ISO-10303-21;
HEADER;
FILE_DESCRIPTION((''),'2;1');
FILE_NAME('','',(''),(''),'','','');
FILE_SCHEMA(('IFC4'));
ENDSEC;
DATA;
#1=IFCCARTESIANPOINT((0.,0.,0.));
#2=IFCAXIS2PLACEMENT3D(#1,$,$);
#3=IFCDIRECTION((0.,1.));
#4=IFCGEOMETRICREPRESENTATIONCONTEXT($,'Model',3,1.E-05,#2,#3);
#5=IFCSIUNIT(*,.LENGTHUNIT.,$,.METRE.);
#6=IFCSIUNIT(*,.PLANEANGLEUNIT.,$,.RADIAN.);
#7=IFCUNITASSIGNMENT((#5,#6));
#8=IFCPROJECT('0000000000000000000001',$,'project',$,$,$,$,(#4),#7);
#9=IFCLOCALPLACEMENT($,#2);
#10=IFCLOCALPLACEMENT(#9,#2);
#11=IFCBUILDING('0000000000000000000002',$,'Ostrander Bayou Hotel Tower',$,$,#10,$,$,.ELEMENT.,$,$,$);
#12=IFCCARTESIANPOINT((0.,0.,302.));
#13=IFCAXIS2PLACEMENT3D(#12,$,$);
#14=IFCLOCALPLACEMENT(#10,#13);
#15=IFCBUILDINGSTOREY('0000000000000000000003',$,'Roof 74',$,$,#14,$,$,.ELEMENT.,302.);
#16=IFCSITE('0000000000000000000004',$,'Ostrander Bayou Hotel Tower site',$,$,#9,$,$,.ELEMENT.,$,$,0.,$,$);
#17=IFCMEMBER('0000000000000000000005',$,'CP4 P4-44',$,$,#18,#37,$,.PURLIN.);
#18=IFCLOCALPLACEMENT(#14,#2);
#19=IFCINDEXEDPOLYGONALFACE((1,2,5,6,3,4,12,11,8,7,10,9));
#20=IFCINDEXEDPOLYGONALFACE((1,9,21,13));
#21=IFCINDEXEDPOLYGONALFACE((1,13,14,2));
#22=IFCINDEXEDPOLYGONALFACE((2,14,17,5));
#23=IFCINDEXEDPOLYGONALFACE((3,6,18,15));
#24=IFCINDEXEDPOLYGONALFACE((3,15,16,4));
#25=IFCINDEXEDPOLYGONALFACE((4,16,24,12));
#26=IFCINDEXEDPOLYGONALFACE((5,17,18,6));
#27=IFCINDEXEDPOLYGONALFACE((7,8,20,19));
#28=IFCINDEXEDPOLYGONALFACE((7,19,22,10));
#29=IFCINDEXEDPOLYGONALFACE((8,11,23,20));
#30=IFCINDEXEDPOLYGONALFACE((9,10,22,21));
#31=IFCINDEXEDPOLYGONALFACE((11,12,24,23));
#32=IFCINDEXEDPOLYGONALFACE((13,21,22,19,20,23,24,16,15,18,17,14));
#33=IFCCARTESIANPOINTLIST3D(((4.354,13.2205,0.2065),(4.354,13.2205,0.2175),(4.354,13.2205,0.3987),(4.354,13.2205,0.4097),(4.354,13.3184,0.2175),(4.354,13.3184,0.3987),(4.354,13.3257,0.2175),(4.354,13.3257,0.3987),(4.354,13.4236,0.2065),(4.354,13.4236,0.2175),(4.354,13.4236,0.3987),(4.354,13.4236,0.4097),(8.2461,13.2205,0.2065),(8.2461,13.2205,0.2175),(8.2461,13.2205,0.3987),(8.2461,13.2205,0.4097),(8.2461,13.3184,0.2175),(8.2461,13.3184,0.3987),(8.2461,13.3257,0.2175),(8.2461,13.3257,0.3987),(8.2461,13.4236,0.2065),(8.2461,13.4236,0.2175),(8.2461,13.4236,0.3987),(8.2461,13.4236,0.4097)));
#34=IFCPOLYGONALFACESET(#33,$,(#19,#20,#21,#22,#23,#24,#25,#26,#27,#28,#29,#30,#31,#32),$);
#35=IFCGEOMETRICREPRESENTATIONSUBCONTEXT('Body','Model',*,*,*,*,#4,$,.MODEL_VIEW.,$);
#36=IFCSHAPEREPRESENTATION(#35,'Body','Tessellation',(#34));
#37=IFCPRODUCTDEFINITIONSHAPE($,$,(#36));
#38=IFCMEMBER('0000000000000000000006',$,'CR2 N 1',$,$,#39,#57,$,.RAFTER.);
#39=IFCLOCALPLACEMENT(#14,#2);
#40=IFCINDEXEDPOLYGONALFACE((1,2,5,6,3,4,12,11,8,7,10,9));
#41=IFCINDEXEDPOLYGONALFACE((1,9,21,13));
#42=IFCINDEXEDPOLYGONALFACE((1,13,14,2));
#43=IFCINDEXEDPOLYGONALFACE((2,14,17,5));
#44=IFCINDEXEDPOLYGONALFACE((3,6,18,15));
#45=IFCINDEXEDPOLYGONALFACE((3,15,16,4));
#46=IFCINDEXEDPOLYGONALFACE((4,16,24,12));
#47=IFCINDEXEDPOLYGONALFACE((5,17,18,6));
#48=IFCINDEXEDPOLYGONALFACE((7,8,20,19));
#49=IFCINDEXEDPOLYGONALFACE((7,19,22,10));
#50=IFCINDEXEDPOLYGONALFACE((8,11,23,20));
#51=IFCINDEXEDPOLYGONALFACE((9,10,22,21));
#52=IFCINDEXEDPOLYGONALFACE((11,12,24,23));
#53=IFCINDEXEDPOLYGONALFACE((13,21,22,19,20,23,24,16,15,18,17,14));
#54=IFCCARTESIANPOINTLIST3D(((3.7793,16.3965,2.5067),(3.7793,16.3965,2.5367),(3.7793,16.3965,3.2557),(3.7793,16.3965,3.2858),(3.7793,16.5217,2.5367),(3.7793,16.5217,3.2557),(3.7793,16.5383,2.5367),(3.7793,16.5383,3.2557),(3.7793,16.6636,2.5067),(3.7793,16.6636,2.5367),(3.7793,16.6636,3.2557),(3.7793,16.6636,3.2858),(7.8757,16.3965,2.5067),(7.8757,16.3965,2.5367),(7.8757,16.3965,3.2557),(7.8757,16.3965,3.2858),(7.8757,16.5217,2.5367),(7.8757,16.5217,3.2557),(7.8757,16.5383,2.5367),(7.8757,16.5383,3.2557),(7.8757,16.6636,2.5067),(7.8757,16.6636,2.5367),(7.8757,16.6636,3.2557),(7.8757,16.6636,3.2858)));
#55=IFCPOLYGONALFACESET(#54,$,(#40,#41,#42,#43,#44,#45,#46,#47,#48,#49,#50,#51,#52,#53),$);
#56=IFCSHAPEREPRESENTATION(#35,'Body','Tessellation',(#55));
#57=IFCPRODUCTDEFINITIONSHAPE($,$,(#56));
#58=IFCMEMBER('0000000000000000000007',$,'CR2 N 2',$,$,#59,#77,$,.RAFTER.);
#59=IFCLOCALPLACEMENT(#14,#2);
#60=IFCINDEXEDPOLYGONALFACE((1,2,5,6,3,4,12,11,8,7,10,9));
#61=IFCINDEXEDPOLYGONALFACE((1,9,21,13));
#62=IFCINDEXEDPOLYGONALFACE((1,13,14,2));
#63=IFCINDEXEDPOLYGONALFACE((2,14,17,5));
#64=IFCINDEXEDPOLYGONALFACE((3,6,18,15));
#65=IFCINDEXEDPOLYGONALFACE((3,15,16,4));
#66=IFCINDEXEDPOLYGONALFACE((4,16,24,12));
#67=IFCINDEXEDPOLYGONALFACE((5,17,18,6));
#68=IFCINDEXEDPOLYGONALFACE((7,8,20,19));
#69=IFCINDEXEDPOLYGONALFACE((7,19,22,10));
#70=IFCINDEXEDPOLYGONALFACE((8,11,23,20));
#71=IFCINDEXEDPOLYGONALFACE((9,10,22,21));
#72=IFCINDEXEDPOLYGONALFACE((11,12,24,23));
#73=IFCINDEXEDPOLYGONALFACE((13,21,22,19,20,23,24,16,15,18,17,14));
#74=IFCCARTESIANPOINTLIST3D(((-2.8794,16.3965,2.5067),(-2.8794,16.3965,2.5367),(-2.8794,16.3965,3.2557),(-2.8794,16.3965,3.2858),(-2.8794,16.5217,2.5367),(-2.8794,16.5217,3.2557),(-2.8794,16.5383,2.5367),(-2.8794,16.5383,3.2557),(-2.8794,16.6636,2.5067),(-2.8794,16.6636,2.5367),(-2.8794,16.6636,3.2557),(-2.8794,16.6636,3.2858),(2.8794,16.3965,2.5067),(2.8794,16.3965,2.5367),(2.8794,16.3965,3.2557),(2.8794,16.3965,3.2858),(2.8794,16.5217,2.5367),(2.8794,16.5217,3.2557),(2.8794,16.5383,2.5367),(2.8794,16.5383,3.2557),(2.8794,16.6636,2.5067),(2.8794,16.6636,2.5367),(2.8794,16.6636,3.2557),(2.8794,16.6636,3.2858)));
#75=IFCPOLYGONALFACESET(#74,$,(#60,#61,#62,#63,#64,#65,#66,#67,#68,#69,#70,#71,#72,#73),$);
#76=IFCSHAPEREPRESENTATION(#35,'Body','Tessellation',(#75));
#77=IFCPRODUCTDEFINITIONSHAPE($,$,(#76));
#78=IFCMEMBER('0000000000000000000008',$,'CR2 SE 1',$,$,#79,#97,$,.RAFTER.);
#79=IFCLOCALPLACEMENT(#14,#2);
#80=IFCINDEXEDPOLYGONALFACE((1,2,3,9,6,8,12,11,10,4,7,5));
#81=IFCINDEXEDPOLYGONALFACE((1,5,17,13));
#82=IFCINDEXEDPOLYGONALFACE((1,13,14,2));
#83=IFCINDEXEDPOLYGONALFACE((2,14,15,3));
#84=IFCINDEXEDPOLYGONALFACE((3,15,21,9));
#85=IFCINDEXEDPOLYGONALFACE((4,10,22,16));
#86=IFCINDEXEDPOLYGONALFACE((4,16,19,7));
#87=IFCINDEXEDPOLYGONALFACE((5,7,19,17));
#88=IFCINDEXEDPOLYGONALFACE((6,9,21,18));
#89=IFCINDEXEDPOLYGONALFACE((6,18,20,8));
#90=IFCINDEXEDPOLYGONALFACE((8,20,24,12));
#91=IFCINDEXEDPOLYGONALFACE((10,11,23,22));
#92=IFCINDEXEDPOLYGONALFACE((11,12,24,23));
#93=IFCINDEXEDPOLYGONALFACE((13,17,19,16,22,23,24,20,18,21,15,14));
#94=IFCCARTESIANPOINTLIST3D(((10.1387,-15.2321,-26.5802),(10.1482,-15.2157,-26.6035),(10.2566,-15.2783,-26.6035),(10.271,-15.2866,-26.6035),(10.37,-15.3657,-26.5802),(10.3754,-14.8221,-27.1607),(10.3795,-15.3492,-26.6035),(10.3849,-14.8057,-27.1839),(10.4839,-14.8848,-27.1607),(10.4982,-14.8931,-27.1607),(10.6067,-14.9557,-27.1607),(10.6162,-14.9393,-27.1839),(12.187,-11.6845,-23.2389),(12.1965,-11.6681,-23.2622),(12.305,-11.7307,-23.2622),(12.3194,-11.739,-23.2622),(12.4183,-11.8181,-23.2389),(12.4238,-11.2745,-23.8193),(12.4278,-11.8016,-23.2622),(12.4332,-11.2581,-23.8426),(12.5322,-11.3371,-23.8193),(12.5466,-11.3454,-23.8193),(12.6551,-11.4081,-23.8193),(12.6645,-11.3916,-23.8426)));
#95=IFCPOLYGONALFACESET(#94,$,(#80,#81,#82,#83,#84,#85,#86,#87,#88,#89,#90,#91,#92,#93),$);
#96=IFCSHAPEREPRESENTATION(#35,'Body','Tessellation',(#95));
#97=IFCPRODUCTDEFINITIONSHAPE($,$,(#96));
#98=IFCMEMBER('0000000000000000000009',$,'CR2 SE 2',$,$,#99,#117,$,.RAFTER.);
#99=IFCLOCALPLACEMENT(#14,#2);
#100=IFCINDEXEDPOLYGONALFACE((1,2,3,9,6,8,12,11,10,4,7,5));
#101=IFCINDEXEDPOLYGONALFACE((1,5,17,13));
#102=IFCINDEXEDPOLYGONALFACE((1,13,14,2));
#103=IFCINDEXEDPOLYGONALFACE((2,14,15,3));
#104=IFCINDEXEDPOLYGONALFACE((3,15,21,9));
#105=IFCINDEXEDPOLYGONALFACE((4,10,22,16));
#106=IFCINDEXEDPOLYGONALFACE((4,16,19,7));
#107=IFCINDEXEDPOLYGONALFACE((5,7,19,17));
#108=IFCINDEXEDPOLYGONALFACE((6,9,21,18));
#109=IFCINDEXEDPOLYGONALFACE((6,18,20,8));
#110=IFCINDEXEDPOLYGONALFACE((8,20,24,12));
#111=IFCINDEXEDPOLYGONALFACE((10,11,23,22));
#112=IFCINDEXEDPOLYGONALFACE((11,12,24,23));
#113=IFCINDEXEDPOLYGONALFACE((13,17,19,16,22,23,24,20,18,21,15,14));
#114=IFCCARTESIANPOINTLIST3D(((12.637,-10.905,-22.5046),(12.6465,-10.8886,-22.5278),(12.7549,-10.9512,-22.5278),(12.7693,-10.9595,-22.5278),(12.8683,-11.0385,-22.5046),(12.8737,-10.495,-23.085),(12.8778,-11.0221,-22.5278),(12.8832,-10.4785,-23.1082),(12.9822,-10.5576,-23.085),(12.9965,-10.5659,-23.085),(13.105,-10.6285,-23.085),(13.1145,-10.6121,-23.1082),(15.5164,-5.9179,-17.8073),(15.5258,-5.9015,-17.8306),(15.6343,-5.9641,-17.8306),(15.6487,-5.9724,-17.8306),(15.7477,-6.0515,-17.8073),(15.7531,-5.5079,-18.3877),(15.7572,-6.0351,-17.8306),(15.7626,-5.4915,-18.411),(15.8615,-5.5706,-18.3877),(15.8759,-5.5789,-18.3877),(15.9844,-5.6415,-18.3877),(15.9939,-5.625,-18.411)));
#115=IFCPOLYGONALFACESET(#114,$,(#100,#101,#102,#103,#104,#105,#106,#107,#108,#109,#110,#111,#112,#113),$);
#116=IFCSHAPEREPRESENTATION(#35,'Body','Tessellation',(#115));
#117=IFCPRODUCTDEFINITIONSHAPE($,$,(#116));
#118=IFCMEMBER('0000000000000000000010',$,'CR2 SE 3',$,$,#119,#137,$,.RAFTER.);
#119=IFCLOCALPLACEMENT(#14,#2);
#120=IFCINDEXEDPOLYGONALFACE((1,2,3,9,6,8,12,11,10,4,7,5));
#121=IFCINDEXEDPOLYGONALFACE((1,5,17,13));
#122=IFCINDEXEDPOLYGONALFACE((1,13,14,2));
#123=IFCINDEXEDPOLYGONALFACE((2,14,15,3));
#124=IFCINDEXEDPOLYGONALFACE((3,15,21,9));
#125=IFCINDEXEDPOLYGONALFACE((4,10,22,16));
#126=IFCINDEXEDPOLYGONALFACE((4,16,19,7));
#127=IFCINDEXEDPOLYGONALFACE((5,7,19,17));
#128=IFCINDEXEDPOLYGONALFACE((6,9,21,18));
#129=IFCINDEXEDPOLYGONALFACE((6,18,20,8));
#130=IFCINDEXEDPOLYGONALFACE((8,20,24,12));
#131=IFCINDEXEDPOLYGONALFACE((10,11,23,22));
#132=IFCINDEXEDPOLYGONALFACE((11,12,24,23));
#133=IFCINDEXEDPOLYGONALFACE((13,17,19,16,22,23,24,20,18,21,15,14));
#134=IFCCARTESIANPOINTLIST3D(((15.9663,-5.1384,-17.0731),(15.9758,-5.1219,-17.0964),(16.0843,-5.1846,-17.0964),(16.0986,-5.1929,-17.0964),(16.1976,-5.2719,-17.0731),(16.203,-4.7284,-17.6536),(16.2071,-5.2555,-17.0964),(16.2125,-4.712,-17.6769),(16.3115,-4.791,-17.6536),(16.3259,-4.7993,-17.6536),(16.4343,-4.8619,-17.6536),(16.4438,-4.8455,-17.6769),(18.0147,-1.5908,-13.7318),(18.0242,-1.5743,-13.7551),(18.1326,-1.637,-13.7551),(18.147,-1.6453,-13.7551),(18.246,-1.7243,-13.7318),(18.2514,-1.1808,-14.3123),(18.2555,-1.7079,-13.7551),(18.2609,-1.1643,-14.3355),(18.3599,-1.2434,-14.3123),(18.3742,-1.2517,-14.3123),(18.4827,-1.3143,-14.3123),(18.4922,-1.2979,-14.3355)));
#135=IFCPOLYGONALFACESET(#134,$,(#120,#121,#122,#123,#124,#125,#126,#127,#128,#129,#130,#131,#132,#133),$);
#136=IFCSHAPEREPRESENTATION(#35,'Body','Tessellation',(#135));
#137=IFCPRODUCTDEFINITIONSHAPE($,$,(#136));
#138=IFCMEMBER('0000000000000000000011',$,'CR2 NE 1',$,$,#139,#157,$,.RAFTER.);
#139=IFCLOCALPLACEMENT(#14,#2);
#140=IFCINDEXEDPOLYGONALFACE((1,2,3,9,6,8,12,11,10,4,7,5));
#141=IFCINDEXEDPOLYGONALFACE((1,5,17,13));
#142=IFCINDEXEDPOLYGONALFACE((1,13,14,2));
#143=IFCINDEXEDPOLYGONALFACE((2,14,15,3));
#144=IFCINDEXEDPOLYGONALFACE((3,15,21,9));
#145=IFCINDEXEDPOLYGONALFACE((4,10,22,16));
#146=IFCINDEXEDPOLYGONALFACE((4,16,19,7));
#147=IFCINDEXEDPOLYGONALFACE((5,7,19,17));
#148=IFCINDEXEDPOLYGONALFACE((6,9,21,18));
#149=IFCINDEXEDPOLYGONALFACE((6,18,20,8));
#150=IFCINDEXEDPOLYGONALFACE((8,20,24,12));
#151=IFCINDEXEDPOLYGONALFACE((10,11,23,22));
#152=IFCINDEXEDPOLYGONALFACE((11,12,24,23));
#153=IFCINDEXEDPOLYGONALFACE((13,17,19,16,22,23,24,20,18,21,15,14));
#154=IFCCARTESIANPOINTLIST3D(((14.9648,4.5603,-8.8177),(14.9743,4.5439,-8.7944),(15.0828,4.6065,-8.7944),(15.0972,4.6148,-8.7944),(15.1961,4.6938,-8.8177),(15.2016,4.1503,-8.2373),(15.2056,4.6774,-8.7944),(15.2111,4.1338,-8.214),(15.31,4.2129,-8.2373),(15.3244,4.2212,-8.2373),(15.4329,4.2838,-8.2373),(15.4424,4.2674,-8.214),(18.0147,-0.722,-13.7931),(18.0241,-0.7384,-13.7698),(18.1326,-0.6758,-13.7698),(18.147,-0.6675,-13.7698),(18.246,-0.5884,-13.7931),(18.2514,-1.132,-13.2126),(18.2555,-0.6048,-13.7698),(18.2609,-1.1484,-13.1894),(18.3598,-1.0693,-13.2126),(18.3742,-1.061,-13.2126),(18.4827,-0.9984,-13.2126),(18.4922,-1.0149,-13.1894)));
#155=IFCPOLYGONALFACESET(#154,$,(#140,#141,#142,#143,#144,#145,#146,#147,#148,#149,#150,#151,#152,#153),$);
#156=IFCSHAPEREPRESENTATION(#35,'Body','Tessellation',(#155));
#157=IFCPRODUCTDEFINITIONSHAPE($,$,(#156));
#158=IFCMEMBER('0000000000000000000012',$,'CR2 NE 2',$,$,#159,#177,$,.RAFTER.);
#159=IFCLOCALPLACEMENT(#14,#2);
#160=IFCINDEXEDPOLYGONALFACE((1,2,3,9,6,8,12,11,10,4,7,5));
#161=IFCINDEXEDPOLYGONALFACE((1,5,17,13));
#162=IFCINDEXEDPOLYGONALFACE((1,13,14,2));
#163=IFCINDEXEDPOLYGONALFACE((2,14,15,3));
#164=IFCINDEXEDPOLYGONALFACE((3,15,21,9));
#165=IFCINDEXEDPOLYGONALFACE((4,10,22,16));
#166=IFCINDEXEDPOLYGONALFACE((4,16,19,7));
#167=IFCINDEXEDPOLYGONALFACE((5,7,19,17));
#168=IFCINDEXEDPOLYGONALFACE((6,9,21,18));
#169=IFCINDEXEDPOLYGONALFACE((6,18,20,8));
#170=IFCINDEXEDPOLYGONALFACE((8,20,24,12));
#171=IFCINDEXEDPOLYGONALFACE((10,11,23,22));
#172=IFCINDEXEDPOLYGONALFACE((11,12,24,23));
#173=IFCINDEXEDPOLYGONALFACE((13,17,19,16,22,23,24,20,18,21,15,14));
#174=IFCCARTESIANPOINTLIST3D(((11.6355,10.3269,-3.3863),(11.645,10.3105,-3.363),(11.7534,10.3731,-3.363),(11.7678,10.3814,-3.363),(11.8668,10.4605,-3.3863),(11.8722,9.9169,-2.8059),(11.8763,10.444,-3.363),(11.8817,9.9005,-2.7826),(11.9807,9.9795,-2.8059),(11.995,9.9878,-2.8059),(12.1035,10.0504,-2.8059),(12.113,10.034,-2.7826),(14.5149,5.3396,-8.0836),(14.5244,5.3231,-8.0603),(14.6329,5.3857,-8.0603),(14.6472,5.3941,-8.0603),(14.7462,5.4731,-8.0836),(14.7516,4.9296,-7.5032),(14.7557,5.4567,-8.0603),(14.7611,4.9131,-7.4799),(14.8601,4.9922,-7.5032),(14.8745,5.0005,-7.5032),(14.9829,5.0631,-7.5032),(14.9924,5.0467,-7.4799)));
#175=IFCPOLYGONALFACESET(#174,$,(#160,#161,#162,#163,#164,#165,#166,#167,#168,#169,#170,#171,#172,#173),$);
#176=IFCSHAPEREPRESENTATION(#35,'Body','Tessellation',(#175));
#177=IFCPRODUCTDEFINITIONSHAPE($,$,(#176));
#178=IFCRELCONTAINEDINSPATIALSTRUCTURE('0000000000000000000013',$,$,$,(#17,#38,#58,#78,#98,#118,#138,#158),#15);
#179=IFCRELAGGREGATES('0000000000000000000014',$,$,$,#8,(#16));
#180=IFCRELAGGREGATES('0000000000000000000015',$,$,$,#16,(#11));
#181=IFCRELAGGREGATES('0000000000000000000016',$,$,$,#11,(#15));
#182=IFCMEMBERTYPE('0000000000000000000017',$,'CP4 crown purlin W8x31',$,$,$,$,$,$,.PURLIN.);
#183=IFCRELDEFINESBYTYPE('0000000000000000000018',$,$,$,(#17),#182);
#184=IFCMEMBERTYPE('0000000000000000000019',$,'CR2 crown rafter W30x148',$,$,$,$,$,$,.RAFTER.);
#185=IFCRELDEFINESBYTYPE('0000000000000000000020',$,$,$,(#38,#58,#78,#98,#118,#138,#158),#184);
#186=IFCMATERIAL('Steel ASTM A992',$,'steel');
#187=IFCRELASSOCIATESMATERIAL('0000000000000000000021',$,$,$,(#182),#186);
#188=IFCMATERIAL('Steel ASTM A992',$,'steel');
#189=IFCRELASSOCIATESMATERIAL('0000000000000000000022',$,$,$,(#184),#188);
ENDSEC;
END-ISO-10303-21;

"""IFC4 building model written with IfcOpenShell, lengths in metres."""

from ifc_helpers import new_model, si_unit, direction, frame, origin, origin_2d, place, context, subcontext, project, spatial, i_section, extrude, material, material_profile, profile_set, type_object, element, save


model = new_model("IFC4")

# Units and contexts
model_context = context("Model", 3, precision=1e-05, world=origin(), true_north=direction((0.0, 1.0)))
body_context = subcontext(model_context, "Body", "Model", "MODEL_VIEW")
ifc_project = project(units=[si_unit("LENGTHUNIT", "METRE"), si_unit("PLANEANGLEUNIT", "RADIAN")], contexts=[model_context])

# Site, building, storey
site_placement = place(None, origin())
site = spatial("IfcSite", under=ifc_project, at=site_placement, Name="Ostrander Bayou Hotel Tower site", CompositionType="ELEMENT", RefElevation=0.0)
building_placement = place(site_placement, origin())
building = spatial("IfcBuilding", under=site, at=building_placement, Name="Ostrander Bayou Hotel Tower", CompositionType="ELEMENT")
storey_placement = place(building_placement, frame((0.0, 0.0, 302.0)))
storey = spatial("IfcBuildingStorey", under=building, at=storey_placement, Name="Roof 74", CompositionType="ELEMENT", Elevation=302.0)

# Members
ifc_material_1 = material(Name="Steel ASTM A992", Category="steel")
ifc_material_profile_1 = material_profile(ifc_material_1, i_section(OverallWidth=0.2031, OverallDepth=0.2031, WebThickness=0.0073, FlangeThickness=0.011, at=origin_2d()))
ifc_profile_set_1 = profile_set([ifc_material_profile_1], Name="Steel ASTM A992")
member_type_1 = type_object("IfcMemberType", Name="CP4 crown purlin W8x31", PredefinedType="PURLIN", material=ifc_profile_set_1)
member_1_placement = place(storey_placement, frame((4.354, 13.322, 0.3081), z_axis=(1.0, 0.0, 0.0), x_axis=(0.0, 1.0, 0.0)))
element("IfcMember", 1, at=member_1_placement, inside=storey, type_object=member_type_1, Name="CP4 P4-44", PredefinedType="PURLIN", context=body_context, shape_type="SweptSolid", body=[
    extrude(i_section(OverallWidth=0.2031, OverallDepth=0.2031, WebThickness=0.0073, FlangeThickness=0.011, at=origin_2d()), origin(), (0.0, 0.0, 1.0), 3.8921),
])
ifc_material_2 = material(Name="Steel ASTM A992", Category="steel")
ifc_material_profile_2 = material_profile(ifc_material_2, i_section(OverallWidth=0.2671, OverallDepth=0.7791, WebThickness=0.0166, FlangeThickness=0.03, at=origin_2d()))
ifc_profile_set_2 = profile_set([ifc_material_profile_2], Name="Steel ASTM A992")
member_type_2 = type_object("IfcMemberType", Name="CR2 crown rafter W30x148", PredefinedType="RAFTER", material=ifc_profile_set_2)
member_2_placement = place(storey_placement, frame((7.8757, 16.53, 2.8962), z_axis=(-1.0, 0.0, 0.0), x_axis=(0.0, -1.0, 0.0)))
element("IfcMember", 2, at=member_2_placement, inside=storey, type_object=member_type_2, Name="CR2 N 1", PredefinedType="RAFTER", context=body_context, shape_type="SweptSolid", body=[
    extrude(i_section(OverallWidth=0.2671, OverallDepth=0.7791, WebThickness=0.0166, FlangeThickness=0.03, at=origin_2d()), origin(), (0.0, 0.0, 1.0), 4.0964),
])
member_3_placement = place(storey_placement, frame((2.8794, 16.53, 2.8962), z_axis=(-1.0, 0.0, 0.0), x_axis=(0.0, -1.0, 0.0)))
element("IfcMember", 3, at=member_3_placement, inside=storey, type_object=member_type_2, Name="CR2 N 2", PredefinedType="RAFTER", context=body_context, shape_type="SweptSolid", body=[
    extrude(i_section(OverallWidth=0.2671, OverallDepth=0.7791, WebThickness=0.0166, FlangeThickness=0.03, at=origin_2d()), origin(), (0.0, 0.0, 1.0), 5.7588),
])
member_4_placement = place(storey_placement, frame((10.3774, -15.0857, -26.8821), z_axis=(0.387477, 0.671088, 0.632063), x_axis=(-0.866012, 0.500023, 0.0)))
element("IfcMember", 4, at=member_4_placement, inside=storey, type_object=member_type_2, Name="CR2 SE 1", PredefinedType="RAFTER", context=body_context, shape_type="SweptSolid", body=[
    extrude(i_section(OverallWidth=0.2671, OverallDepth=0.7791, WebThickness=0.0166, FlangeThickness=0.03, at=origin_2d()), origin(), (0.0, 0.0, 1.0), 5.2864),
])
member_5_placement = place(storey_placement, frame((12.8757, -10.7585, -22.8064), z_axis=(0.387462, 0.671078, 0.632082), x_axis=(-0.866017, 0.500015, 0.0)))
element("IfcMember", 5, at=member_5_placement, inside=storey, type_object=member_type_2, Name="CR2 SE 2", PredefinedType="RAFTER", context=body_context, shape_type="SweptSolid", body=[
    extrude(i_section(OverallWidth=0.2671, OverallDepth=0.7791, WebThickness=0.0166, FlangeThickness=0.03, at=origin_2d()), origin(), (0.0, 0.0, 1.0), 7.4314),
])
member_6_placement = place(storey_placement, frame((16.2051, -4.9919, -17.375), z_axis=(0.387477, 0.671088, 0.632063), x_axis=(-0.866012, 0.500023, 0.0)))
element("IfcMember", 6, at=member_6_placement, inside=storey, type_object=member_type_2, Name="CR2 SE 3", PredefinedType="RAFTER", context=body_context, shape_type="SweptSolid", body=[
    extrude(i_section(OverallWidth=0.2671, OverallDepth=0.7791, WebThickness=0.0166, FlangeThickness=0.03, at=origin_2d()), origin(), (0.0, 0.0, 1.0), 5.2864),
])
member_7_placement = place(storey_placement, frame((18.2534, -0.8684, -13.4912), z_axis=(-0.387459, 0.671075, 0.632087), x_axis=(-0.866018, -0.500013, 0.0)))
element("IfcMember", 7, at=member_7_placement, inside=storey, type_object=member_type_2, Name="CR2 NE 1", PredefinedType="RAFTER", context=body_context, shape_type="SweptSolid", body=[
    extrude(i_section(OverallWidth=0.2671, OverallDepth=0.7791, WebThickness=0.0166, FlangeThickness=0.03, at=origin_2d()), origin(), (0.0, 0.0, 1.0), 7.8713),
])
member_8_placement = place(storey_placement, frame((14.7537, 5.1931, -7.7817), z_axis=(-0.387454, 0.671096, 0.632068), x_axis=(-0.866027, -0.499996, 0.0)))
element("IfcMember", 8, at=member_8_placement, inside=storey, type_object=member_type_2, Name="CR2 NE 2", PredefinedType="RAFTER", context=body_context, shape_type="SweptSolid", body=[
    extrude(i_section(OverallWidth=0.2671, OverallDepth=0.7791, WebThickness=0.0166, FlangeThickness=0.03, at=origin_2d()), origin(), (0.0, 0.0, 1.0), 7.4316),
])

save(model, "model.ifc")
